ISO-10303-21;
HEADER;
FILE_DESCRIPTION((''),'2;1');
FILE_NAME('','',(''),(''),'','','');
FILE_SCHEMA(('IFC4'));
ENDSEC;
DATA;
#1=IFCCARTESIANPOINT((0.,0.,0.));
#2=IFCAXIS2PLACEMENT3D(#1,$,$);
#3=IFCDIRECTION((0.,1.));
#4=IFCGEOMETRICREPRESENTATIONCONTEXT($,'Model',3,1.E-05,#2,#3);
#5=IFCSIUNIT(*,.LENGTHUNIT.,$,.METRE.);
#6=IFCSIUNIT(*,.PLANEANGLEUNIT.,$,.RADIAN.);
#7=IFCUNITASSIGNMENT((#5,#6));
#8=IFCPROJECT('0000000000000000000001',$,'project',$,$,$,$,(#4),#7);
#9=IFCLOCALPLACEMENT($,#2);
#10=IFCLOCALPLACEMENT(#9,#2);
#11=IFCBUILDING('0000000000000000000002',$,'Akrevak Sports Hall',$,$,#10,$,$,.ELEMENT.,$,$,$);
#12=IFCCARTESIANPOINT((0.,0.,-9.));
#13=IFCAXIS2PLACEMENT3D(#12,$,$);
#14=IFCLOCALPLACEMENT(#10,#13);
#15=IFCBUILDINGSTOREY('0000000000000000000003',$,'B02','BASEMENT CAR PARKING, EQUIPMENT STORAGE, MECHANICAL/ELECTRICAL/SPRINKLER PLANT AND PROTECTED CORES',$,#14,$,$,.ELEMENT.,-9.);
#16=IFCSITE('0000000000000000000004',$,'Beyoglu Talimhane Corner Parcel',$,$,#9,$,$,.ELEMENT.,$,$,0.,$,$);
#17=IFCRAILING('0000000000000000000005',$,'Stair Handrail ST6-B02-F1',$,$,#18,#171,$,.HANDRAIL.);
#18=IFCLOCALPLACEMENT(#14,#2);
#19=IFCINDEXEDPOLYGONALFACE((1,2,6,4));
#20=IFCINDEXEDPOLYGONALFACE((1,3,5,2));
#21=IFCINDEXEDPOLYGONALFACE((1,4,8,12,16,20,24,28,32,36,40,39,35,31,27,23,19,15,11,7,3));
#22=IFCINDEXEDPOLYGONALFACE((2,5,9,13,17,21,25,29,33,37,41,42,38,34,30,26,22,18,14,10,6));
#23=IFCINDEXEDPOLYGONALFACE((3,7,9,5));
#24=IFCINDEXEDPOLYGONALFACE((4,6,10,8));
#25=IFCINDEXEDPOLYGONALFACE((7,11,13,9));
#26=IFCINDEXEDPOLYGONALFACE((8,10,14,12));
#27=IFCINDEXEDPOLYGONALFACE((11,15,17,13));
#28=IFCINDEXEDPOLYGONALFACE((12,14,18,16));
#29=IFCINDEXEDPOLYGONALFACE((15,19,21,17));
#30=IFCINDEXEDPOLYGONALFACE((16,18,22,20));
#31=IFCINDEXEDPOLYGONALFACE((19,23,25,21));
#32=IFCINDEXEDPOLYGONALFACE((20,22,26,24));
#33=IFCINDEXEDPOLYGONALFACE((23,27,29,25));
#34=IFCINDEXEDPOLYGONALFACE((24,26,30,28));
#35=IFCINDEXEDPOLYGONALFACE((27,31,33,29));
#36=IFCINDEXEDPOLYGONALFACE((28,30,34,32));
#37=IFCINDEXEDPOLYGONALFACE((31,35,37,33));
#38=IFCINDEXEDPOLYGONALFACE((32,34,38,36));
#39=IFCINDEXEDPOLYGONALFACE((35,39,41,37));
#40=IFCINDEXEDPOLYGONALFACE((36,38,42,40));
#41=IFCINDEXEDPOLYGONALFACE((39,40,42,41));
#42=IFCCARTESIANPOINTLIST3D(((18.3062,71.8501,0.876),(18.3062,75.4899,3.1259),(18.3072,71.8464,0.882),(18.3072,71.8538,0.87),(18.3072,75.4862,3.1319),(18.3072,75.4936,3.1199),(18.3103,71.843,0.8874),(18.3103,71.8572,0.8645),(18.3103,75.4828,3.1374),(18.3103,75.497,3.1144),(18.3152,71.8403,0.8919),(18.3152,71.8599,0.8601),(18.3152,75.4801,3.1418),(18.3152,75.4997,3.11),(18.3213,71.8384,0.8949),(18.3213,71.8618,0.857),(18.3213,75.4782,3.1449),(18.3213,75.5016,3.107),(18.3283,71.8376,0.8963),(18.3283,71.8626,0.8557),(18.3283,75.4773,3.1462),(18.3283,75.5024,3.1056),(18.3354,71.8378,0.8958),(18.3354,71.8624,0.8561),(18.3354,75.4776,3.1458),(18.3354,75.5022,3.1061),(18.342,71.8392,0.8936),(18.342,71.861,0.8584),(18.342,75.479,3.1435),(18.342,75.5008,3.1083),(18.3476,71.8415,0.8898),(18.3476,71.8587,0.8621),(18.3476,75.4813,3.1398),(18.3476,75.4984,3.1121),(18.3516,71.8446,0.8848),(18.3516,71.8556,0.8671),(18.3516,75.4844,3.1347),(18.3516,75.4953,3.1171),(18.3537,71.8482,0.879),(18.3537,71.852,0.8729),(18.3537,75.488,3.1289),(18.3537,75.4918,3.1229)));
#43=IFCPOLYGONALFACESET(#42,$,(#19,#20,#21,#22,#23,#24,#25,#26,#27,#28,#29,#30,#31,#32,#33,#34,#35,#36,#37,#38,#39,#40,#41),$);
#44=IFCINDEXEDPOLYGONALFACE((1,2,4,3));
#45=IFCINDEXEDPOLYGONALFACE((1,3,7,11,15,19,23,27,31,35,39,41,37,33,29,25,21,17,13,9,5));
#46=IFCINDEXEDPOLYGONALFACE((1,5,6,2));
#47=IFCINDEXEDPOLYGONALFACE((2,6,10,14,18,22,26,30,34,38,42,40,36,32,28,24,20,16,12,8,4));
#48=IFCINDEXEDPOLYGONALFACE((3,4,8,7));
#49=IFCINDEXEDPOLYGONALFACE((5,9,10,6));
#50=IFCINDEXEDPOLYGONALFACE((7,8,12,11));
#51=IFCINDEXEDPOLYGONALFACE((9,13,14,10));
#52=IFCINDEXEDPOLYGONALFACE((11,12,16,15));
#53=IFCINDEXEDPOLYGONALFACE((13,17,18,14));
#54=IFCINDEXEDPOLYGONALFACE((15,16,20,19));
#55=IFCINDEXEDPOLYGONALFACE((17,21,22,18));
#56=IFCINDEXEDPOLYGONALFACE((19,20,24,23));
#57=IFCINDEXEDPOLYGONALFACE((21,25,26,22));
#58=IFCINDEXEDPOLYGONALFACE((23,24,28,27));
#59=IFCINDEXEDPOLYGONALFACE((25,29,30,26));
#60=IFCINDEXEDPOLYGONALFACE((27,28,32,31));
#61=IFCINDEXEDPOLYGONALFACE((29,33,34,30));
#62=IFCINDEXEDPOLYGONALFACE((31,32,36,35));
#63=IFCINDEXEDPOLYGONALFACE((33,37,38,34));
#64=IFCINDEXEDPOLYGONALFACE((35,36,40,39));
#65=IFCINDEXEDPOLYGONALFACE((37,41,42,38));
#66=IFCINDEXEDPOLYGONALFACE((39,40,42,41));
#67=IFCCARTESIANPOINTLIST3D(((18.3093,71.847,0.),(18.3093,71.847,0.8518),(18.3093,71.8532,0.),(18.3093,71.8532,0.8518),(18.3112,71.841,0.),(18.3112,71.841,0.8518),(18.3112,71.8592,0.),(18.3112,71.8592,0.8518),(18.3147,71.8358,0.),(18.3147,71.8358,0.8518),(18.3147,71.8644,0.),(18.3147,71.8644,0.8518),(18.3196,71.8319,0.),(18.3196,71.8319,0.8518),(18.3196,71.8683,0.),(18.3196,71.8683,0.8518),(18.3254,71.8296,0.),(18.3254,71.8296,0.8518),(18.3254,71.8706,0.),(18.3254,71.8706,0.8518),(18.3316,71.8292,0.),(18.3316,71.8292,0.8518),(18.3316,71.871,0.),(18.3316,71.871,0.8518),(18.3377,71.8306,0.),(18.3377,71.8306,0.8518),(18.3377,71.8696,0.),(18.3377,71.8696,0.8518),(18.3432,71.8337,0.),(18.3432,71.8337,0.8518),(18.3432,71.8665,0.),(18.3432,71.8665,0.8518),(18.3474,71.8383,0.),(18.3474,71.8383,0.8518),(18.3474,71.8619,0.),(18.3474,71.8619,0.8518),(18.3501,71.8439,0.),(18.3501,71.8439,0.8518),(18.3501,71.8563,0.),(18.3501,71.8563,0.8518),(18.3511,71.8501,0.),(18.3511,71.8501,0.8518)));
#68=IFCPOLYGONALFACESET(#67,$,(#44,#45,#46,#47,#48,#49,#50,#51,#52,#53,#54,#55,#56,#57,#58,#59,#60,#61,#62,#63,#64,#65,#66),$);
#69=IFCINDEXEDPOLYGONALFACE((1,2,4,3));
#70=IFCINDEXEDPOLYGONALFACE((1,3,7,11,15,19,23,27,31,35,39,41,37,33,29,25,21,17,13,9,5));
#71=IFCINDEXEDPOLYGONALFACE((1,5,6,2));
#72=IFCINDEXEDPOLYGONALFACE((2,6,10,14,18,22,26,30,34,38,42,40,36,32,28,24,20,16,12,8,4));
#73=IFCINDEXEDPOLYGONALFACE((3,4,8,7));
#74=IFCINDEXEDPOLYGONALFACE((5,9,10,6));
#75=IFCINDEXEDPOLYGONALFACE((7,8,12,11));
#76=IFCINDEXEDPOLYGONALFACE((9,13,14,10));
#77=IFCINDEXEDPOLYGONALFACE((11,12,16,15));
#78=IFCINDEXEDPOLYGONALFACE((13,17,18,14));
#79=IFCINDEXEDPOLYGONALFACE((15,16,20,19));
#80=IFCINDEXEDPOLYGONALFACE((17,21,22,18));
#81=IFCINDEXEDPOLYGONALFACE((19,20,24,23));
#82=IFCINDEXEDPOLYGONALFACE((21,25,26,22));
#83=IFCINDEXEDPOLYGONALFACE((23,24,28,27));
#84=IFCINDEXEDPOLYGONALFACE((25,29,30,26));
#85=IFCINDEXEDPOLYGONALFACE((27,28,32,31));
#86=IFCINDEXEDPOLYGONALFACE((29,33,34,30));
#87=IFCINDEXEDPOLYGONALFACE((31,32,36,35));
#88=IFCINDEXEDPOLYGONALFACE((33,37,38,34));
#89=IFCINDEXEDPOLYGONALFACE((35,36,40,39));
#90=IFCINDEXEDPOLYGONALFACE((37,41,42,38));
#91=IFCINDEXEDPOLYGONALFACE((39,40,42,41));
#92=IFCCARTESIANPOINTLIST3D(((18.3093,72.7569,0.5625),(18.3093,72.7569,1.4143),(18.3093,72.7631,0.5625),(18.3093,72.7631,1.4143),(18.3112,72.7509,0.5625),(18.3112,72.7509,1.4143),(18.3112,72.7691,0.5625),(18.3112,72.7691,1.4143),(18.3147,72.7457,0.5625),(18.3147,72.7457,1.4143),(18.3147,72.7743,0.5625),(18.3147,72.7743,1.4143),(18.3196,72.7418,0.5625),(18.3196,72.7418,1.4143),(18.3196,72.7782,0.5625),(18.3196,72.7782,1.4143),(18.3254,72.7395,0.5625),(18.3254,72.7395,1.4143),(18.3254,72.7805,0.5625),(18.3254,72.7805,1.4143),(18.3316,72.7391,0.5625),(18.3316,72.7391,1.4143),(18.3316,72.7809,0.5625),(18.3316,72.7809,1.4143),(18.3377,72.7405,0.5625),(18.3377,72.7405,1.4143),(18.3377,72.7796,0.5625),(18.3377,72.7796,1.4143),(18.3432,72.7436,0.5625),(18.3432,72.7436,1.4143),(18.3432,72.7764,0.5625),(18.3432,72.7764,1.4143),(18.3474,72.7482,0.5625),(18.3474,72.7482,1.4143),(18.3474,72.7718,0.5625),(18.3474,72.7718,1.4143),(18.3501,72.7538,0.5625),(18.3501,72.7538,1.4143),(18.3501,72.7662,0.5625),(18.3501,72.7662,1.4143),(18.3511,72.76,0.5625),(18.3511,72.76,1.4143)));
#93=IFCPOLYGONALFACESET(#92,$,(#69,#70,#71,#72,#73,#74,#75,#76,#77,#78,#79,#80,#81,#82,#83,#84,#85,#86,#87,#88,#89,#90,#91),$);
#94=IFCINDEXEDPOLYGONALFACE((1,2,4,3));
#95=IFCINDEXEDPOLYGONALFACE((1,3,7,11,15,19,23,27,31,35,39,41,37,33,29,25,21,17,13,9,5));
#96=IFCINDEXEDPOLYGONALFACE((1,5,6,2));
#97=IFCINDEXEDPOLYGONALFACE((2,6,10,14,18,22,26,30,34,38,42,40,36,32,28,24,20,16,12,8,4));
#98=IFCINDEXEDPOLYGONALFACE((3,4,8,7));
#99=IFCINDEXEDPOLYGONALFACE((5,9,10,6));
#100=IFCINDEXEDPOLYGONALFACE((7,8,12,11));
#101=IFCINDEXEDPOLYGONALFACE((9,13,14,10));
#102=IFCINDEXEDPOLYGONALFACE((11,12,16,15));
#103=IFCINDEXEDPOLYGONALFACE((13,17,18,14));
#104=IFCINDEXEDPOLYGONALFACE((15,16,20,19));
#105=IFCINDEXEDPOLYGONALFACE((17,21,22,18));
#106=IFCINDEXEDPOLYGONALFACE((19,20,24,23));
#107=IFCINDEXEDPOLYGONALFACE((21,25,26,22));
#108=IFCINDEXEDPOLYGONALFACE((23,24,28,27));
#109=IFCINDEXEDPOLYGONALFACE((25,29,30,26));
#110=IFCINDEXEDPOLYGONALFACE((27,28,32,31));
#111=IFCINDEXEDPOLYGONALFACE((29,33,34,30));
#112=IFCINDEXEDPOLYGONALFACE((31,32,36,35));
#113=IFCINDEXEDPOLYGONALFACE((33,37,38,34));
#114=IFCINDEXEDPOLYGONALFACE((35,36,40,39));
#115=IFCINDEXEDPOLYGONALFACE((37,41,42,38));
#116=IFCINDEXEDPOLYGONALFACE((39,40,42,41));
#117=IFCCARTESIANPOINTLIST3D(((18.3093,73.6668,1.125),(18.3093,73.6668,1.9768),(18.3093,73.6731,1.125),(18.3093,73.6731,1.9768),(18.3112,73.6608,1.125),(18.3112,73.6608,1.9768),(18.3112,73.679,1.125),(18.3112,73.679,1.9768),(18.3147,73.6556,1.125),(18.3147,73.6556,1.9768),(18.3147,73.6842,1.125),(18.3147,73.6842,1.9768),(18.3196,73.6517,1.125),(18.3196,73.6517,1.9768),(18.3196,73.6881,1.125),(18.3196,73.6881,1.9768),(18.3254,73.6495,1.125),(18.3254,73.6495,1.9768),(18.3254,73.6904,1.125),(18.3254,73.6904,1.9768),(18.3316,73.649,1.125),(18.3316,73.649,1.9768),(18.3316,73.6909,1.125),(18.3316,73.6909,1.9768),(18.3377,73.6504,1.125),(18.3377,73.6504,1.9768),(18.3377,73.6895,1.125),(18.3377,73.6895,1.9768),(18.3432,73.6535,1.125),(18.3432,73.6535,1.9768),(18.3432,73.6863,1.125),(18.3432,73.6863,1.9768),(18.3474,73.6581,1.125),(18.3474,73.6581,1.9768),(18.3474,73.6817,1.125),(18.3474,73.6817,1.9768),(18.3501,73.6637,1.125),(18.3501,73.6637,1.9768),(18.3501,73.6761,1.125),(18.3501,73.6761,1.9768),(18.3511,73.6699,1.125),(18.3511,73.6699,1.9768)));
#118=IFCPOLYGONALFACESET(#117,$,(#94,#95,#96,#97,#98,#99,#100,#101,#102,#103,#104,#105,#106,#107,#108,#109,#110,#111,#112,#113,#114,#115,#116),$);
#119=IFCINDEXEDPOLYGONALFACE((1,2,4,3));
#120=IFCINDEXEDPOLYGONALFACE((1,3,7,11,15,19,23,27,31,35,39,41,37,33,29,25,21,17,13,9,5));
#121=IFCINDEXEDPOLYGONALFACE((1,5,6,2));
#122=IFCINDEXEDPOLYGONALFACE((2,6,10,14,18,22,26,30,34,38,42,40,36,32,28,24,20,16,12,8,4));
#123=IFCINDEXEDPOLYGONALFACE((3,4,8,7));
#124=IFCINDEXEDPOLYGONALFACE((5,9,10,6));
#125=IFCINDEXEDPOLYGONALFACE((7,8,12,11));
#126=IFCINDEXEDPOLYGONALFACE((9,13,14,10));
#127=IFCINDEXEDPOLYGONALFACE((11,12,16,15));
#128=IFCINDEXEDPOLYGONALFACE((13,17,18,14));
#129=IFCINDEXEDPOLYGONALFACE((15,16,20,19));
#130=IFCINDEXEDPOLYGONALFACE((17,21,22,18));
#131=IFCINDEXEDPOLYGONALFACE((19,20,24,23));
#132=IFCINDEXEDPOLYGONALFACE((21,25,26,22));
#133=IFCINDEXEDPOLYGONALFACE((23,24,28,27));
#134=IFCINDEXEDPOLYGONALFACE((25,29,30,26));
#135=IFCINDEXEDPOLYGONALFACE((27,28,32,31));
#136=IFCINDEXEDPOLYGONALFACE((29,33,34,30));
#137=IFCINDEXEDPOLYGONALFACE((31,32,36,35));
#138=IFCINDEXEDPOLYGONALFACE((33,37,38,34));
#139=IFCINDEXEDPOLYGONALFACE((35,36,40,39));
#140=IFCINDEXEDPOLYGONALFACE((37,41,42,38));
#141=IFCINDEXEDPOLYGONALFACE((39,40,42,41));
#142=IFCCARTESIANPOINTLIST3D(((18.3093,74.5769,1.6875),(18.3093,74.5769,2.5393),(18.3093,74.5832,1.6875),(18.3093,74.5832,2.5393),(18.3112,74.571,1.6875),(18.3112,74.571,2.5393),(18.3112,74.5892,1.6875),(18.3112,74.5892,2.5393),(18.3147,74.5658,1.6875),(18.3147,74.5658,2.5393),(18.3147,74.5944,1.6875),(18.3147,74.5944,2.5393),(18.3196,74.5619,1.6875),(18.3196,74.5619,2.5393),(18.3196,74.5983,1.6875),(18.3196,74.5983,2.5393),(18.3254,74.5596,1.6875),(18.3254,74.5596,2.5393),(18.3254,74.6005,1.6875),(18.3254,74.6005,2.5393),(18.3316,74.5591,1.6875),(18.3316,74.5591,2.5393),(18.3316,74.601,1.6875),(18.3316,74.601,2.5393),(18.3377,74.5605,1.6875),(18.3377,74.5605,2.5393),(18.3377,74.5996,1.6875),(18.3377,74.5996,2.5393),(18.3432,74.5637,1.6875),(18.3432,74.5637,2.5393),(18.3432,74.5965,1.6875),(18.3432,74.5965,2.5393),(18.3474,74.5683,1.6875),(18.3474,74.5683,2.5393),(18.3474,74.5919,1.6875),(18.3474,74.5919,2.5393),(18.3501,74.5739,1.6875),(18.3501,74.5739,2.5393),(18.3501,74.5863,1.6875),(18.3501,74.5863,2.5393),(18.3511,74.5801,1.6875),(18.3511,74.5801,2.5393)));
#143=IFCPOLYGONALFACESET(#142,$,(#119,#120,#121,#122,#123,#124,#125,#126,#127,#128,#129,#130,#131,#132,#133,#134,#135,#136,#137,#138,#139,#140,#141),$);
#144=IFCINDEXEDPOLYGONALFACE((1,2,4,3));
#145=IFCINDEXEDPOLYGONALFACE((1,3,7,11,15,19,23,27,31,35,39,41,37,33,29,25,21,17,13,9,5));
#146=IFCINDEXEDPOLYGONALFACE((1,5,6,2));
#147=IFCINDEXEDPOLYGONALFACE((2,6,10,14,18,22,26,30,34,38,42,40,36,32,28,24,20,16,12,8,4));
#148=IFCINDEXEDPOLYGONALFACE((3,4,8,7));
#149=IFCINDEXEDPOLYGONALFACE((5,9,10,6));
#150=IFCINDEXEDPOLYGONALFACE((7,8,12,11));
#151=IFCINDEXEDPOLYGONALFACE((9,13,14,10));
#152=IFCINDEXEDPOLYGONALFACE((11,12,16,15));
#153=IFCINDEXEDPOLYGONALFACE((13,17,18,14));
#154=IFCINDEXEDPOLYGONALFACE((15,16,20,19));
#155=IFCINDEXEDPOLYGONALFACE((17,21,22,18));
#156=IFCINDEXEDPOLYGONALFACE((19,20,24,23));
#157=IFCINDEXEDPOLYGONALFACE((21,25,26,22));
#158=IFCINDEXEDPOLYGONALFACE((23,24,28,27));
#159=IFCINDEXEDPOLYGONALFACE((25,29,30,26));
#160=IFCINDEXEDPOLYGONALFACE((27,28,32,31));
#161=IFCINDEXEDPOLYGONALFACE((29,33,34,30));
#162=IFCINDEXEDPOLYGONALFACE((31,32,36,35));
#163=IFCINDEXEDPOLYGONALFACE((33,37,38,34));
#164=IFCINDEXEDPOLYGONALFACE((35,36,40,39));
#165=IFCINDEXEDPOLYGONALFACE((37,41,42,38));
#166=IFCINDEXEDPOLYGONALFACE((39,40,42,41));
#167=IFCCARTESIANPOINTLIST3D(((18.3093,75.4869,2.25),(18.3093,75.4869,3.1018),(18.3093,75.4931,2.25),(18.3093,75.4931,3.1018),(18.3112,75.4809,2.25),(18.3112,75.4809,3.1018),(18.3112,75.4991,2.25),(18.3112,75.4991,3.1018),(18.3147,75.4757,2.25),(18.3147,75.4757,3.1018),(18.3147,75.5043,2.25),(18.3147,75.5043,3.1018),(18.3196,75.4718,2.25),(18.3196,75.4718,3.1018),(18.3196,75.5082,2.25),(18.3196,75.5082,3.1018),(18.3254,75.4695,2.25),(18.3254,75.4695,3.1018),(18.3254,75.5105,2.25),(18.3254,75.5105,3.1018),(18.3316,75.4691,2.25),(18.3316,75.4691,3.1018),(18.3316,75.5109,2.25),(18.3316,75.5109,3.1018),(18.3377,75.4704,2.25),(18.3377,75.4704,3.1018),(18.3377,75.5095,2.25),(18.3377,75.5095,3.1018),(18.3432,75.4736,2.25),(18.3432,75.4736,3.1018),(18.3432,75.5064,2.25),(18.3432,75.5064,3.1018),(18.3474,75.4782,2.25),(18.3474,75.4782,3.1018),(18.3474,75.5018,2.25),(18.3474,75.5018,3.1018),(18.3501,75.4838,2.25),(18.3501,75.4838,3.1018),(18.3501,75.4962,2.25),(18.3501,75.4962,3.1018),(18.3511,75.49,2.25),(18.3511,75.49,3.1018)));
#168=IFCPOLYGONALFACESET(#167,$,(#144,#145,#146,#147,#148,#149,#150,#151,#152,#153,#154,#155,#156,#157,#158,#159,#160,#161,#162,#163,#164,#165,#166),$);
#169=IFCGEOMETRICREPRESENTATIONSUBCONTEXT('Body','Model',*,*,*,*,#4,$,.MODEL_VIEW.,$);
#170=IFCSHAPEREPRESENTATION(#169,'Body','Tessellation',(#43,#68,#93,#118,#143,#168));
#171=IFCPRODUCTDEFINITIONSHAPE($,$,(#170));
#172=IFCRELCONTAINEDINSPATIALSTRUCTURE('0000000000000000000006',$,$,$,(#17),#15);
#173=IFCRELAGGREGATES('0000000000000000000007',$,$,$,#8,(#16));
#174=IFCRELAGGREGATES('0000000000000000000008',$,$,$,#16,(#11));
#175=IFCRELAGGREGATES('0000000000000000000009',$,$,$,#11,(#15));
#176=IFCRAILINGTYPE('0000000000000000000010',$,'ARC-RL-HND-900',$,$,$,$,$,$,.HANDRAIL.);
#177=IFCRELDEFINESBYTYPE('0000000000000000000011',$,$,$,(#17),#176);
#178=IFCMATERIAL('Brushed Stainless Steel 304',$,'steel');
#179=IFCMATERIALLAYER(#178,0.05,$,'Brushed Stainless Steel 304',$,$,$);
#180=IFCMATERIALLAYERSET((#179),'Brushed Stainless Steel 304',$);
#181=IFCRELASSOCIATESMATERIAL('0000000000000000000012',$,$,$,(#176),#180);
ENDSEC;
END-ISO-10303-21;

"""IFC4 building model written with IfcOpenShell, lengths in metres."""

from ifc_helpers import new_model, si_unit, direction, frame, origin, origin_2d, place, context, subcontext, project, spatial, circle, extrude, material, layer, layer_set, type_object, element, save


model = new_model("IFC4")

# Units and contexts
model_context = context("Model", 3, precision=1e-05, world=origin(), true_north=direction((0.0, 1.0)))
body_context = subcontext(model_context, "Body", "Model", "MODEL_VIEW")
ifc_project = project(units=[si_unit("LENGTHUNIT", "METRE"), si_unit("PLANEANGLEUNIT", "RADIAN")], contexts=[model_context])

# Site, building, storey
site_placement = place(None, origin())
site = spatial("IfcSite", under=ifc_project, at=site_placement, Name="Beyoglu Talimhane Corner Parcel", CompositionType="ELEMENT", RefElevation=0.0)
building_placement = place(site_placement, origin())
building = spatial("IfcBuilding", under=site, at=building_placement, Name="Akrevak Sports Hall", CompositionType="ELEMENT")
storey_placement = place(building_placement, frame((0.0, 0.0, -9.0)))
storey = spatial("IfcBuildingStorey", under=building, at=storey_placement, Name="B02", Description="BASEMENT CAR PARKING, EQUIPMENT STORAGE, MECHANICAL/ELECTRICAL/SPRINKLER PLANT AND PROTECTED CORES", CompositionType="ELEMENT", Elevation=-9.0)

# Railing
ifc_material_1 = material(Name="Brushed Stainless Steel 304", Category="steel")
ifc_layer_1 = layer(ifc_material_1, 0.05, Name="Brushed Stainless Steel 304")
ifc_layer_set_1 = layer_set([ifc_layer_1], Name="Brushed Stainless Steel 304")
railing_type_1 = type_object("IfcRailingType", Name="ARC-RL-HND-900", PredefinedType="HANDRAIL", material=ifc_layer_set_1)
railing_1_placement = place(storey_placement, frame((18.3301, 71.8501, 0.0)))
element("IfcRailing", 1, at=railing_1_placement, inside=storey, type_object=railing_type_1, Name="Stair Handrail ST6-B02-F1", PredefinedType="HANDRAIL", context=body_context, shape_type="SweptSolid", body=[
    extrude(circle(Radius=0.0239, at=origin_2d()), frame((0.0, 0.0, 0.876), z_axis=(0.0, 0.850607, 0.525803), x_axis=(-1.0, 0.0, 0.0)), (0.0, 0.0, 1.0), 4.2791),
    extrude(circle(Radius=0.021, at=origin_2d()), origin(), (0.0, 0.0, 1.0), 0.8518),
    extrude(circle(Radius=0.021, at=origin_2d()), frame((0.0, 0.9099, 0.5625)), (0.0, 0.0, 1.0), 0.8518),
    extrude(circle(Radius=0.021, at=origin_2d()), frame((0.0, 1.8198, 1.125)), (0.0, 0.0, 1.0), 0.8518),
    extrude(circle(Radius=0.021, at=origin_2d()), frame((0.0, 2.73, 1.6875)), (0.0, 0.0, 1.0), 0.8518),
    extrude(circle(Radius=0.021, at=origin_2d()), frame((0.0, 3.6399, 2.25)), (0.0, 0.0, 1.0), 0.8518),
])

save(model, "model.ifc")
